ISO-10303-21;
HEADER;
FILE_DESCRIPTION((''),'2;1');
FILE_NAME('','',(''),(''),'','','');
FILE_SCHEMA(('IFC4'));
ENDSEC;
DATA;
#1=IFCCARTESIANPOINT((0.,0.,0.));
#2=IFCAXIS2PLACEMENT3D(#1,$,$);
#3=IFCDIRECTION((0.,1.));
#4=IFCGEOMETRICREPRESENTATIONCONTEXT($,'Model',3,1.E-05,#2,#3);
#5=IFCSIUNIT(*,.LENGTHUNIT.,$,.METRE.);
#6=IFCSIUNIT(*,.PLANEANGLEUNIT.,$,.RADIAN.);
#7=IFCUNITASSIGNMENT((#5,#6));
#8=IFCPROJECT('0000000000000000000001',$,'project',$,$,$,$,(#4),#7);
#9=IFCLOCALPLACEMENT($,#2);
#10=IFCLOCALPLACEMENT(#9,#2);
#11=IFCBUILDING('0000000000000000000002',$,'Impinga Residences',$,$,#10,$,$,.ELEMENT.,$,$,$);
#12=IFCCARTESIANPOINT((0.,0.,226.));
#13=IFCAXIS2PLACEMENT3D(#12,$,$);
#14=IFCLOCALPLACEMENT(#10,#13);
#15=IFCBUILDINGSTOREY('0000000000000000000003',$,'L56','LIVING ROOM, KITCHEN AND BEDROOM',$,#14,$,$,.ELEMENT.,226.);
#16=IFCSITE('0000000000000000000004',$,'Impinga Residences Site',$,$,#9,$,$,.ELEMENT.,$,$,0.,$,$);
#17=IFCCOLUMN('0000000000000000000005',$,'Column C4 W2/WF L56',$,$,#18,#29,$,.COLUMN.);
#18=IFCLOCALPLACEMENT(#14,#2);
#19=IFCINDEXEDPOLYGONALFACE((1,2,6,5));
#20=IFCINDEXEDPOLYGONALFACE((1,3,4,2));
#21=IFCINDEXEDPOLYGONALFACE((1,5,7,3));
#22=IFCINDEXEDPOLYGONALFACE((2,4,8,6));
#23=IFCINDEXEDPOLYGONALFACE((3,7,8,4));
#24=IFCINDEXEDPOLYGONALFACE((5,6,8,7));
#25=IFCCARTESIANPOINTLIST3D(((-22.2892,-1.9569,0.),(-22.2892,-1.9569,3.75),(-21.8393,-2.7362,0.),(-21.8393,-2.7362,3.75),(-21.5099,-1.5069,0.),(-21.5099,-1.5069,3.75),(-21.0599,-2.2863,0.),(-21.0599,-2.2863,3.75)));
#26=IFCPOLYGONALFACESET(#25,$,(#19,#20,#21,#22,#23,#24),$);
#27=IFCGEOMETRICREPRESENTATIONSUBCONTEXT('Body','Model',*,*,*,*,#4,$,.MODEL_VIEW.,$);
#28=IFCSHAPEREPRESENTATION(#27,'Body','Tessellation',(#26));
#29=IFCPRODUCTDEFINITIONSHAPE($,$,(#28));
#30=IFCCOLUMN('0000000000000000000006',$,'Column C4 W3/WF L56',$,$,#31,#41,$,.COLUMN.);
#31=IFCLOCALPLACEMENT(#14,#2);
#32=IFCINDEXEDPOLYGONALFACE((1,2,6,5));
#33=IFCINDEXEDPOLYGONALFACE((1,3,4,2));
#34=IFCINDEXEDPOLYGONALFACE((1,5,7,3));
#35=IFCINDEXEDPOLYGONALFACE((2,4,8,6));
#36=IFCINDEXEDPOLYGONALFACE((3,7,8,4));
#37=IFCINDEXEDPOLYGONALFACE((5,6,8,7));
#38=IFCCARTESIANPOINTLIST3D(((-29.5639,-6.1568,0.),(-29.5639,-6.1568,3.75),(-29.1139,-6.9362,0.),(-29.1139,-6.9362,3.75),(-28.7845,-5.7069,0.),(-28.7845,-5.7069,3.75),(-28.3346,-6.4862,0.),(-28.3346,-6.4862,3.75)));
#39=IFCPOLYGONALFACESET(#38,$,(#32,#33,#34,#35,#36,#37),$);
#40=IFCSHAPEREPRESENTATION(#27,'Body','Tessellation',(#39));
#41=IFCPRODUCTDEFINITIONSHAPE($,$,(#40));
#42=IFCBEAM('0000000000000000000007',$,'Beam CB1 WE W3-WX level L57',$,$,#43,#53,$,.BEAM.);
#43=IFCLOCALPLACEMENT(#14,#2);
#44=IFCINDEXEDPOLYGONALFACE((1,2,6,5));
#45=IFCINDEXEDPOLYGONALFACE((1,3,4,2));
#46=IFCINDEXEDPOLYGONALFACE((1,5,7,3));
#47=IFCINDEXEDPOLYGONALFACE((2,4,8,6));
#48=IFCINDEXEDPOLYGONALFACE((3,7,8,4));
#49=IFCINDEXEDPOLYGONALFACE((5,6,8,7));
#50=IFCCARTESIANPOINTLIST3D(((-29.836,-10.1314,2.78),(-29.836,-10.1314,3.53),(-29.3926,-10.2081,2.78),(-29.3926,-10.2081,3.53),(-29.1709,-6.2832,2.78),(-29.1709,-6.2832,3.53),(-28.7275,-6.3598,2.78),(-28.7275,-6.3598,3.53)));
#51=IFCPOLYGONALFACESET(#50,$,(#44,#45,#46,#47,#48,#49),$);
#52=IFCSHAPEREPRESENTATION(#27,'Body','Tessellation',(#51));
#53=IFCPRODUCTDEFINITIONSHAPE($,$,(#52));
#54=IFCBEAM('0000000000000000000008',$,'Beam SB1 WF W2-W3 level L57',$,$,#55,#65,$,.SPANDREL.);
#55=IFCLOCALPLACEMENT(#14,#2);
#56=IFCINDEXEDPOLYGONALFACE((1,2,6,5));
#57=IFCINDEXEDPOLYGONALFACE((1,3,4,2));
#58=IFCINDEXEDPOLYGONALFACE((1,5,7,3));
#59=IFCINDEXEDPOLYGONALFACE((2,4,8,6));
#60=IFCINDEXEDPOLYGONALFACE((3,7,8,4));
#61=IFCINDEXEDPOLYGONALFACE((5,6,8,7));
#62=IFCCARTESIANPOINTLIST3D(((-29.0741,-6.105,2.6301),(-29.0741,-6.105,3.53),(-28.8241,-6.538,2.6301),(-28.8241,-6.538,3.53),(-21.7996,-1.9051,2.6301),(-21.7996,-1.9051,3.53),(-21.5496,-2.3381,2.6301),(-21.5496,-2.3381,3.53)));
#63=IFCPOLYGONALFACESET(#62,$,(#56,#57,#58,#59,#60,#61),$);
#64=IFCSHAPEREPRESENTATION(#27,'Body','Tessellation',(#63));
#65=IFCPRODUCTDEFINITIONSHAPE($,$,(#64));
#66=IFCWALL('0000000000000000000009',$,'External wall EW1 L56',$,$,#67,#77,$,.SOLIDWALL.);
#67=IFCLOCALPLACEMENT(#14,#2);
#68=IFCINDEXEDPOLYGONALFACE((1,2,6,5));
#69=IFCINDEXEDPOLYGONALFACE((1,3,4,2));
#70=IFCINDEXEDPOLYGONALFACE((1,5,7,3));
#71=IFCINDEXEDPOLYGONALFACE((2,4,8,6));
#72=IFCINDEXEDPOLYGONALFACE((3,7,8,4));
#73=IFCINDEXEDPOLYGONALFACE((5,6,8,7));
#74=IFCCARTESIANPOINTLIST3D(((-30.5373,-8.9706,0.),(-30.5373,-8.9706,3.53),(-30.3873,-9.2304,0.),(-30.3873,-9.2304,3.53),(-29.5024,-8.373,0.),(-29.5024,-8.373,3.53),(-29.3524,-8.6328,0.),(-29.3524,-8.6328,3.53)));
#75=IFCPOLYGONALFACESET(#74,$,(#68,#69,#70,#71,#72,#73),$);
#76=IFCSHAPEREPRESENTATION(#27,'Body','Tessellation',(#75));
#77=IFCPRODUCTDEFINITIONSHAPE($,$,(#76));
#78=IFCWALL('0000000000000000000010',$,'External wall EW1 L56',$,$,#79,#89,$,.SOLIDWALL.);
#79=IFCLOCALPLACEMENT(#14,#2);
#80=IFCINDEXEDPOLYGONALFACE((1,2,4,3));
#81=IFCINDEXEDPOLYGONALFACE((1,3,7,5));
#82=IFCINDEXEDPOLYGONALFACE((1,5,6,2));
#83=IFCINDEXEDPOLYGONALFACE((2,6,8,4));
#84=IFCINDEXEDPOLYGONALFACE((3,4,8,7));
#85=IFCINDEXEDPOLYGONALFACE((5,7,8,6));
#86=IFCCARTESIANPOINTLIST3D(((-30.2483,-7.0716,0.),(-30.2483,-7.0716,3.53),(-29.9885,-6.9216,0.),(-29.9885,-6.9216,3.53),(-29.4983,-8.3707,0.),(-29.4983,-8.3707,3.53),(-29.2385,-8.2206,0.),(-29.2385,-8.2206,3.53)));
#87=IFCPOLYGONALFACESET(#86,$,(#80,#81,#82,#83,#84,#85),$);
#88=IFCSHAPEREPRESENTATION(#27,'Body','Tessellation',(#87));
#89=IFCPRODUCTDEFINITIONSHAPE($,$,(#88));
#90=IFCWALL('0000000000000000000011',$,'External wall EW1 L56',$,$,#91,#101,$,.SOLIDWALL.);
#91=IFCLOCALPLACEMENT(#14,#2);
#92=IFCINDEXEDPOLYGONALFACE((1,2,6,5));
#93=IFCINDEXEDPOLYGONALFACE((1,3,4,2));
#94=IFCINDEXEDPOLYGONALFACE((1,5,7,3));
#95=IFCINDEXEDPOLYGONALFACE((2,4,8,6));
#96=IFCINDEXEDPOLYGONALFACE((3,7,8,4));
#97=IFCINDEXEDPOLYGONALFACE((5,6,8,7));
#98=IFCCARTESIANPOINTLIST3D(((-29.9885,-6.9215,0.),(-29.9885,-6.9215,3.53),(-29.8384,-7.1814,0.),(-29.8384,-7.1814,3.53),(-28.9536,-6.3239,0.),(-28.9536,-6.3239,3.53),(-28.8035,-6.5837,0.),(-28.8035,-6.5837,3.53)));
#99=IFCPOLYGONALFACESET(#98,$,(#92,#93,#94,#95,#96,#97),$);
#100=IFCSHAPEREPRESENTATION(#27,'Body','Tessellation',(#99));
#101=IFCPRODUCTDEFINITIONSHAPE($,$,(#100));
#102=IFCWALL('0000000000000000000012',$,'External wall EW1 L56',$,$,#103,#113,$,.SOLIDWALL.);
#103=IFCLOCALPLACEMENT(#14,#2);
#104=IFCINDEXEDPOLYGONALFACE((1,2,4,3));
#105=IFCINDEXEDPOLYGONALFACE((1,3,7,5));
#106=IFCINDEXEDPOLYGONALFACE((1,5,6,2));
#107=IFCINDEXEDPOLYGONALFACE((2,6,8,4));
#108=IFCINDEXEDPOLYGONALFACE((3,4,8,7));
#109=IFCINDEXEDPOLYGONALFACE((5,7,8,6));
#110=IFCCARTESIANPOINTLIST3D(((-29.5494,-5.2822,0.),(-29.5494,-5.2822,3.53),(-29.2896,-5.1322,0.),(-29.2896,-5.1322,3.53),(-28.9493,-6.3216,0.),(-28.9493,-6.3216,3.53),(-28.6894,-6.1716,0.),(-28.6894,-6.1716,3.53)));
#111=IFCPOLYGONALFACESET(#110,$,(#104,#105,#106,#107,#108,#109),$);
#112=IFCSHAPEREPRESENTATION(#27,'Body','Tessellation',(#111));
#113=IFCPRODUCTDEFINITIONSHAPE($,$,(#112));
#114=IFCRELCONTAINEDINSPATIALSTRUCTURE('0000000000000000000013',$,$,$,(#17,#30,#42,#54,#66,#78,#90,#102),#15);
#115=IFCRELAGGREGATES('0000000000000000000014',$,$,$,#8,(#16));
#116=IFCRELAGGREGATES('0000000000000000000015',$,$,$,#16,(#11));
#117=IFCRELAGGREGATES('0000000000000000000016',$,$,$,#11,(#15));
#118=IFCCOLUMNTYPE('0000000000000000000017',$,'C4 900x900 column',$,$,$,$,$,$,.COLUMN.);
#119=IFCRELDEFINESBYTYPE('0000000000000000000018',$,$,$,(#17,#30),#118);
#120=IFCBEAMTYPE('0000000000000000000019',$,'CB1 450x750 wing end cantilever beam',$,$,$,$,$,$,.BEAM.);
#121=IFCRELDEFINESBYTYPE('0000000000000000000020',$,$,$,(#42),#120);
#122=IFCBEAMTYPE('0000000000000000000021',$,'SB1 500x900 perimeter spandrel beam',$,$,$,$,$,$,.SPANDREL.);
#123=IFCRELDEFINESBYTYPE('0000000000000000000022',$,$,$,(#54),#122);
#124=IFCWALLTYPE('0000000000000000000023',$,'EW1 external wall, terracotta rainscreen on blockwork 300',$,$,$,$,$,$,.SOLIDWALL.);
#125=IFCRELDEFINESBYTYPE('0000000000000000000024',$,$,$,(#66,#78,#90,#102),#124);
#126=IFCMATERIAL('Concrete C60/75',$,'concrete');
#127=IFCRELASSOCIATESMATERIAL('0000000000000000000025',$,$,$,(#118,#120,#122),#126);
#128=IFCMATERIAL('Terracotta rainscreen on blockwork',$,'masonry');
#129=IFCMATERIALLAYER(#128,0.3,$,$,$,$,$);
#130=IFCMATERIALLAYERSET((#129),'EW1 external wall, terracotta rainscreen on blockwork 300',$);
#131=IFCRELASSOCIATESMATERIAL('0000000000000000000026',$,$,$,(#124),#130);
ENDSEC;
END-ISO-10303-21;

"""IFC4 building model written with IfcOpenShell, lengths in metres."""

from ifc_helpers import new_model, si_unit, direction, frame, frame_2d, origin, origin_2d, place, context, subcontext, project, spatial, rectangle, extrude, material, layer, layer_set, material_profile, profile_set, type_object, element, save


model = new_model("IFC4")

# Units and contexts
model_context = context("Model", 3, precision=1e-05, world=origin(), true_north=direction((0.0, 1.0)))
body_context = subcontext(model_context, "Body", "Model", "MODEL_VIEW")
ifc_project = project(units=[si_unit("LENGTHUNIT", "METRE"), si_unit("PLANEANGLEUNIT", "RADIAN")], contexts=[model_context])

# Site, building, storey
site_placement = place(None, origin())
site = spatial("IfcSite", under=ifc_project, at=site_placement, Name="Impinga Residences Site", CompositionType="ELEMENT", RefElevation=0.0)
building_placement = place(site_placement, origin())
building = spatial("IfcBuilding", under=site, at=building_placement, Name="Impinga Residences", CompositionType="ELEMENT")
storey_placement = place(building_placement, frame((0.0, 0.0, 226.0)))
storey = spatial("IfcBuildingStorey", under=building, at=storey_placement, Name="L56", Description="LIVING ROOM, KITCHEN AND BEDROOM", CompositionType="ELEMENT", Elevation=226.0)

# Columns
ifc_material_1 = material(Name="Concrete C60/75", Category="concrete")
ifc_material_profile_1 = material_profile(ifc_material_1, rectangle(XDim=0.8999, YDim=0.8999, at=origin_2d()), Name="RC 900x900")
ifc_profile_set_1 = profile_set([ifc_material_profile_1], Name="Concrete C60/75")
column_type = type_object("IfcColumnType", Name="C4 900x900 column", PredefinedType="COLUMN", material=ifc_profile_set_1)
for number, where, z_axis, x_axis, name in (
    (1, (-21.6746, -2.1216, 0.0), (0.0, 0.0, 1.0), (-0.5, 0.866025, 0.0), "Column C4 W2/WF L56"),
    (2, (-28.9492, -6.3215, 0.0), (0.0, 0.0, 1.0), (-0.5, 0.866025, 0.0), "Column C4 W3/WF L56"),
):
    element("IfcColumn", number, at=place(storey_placement, frame(where, z_axis=z_axis, x_axis=x_axis)), inside=storey, type_object=column_type, Name=name, PredefinedType="COLUMN", context=body_context, shape_type="SweptSolid", body=[
        extrude(rectangle(XDim=0.8999, YDim=0.8999, at=origin_2d()), origin(), (0.0, 0.0, 1.0), 3.75),
    ])

# Beams
ifc_material_profile_2 = material_profile(ifc_material_1, rectangle(XDim=0.45, YDim=0.75, at=origin_2d()), Name="RC 450x750")
ifc_profile_set_2 = profile_set([ifc_material_profile_2], Name="Concrete C60/75")
beam_type_1 = type_object("IfcBeamType", Name="CB1 450x750 wing end cantilever beam", PredefinedType="BEAM", material=ifc_profile_set_2)
beam_1_placement = place(storey_placement, frame((-28.9492, -6.3215, 3.155), z_axis=(-0.170296, -0.985393, 0.0), x_axis=(0.985393, -0.170296, 0.0)))
element("IfcBeam", 3, at=beam_1_placement, inside=storey, type_object=beam_type_1, Name="Beam CB1 WE W3-WX level L57", PredefinedType="BEAM", context=body_context, shape_type="SweptSolid", body=[
    extrude(rectangle(XDim=0.45, YDim=0.75, at=origin_2d()), origin(), (0.0, 0.0, 1.0), 3.9053),
])
ifc_material_profile_3 = material_profile(ifc_material_1, rectangle(XDim=0.5, YDim=0.8999, at=origin_2d()), Name="RC 500x900")
ifc_profile_set_3 = profile_set([ifc_material_profile_3], Name="Concrete C60/75")
beam_type_2 = type_object("IfcBeamType", Name="SB1 500x900 perimeter spandrel beam", PredefinedType="SPANDREL", material=ifc_profile_set_3)
beam_2_placement = place(storey_placement, frame((-21.6746, -2.1216, 3.0801), z_axis=(-0.866029, -0.499993, 0.0), x_axis=(0.499993, -0.866029, 0.0)))
element("IfcBeam", 4, at=beam_2_placement, inside=storey, type_object=beam_type_2, Name="Beam SB1 WF W2-W3 level L57", PredefinedType="SPANDREL", context=body_context, shape_type="SweptSolid", body=[
    extrude(rectangle(XDim=0.5, YDim=0.8999, at=origin_2d()), origin(), (0.0, 0.0, 1.0), 8.3999),
])

# Walls
ifc_material_2 = material(Name="Terracotta rainscreen on blockwork", Category="masonry")
ifc_layer_1 = layer(ifc_material_2, 0.3)
ifc_layer_set_1 = layer_set([ifc_layer_1], Name="EW1 external wall, terracotta rainscreen on blockwork 300")
wall_type_1 = type_object("IfcWallType", Name="EW1 external wall, terracotta rainscreen on blockwork 300", PredefinedType="SOLIDWALL", material=ifc_layer_set_1)
wall_1_placement = place(storey_placement, frame((-30.4624, -9.1006, 0.0), z_axis=(0.0, 0.0, 1.0), x_axis=(0.865971, 0.500094, 0.0)))
element("IfcWall", 5, at=wall_1_placement, inside=storey, type_object=wall_type_1, Name="External wall EW1 L56", PredefinedType="SOLIDWALL", context=body_context, shape_type="SweptSolid", body=[
    extrude(rectangle(XDim=1.1951, YDim=0.3, at=frame_2d((0.5977, 0.0))), origin(), (0.0, 0.0, 1.0), 3.53),
])
wall_2_placement = place(storey_placement, frame((-29.3684, -8.2957, 0.0), z_axis=(0.0, 0.0, 1.0), x_axis=(-0.49999, 0.866031, 0.0)))
element("IfcWall", 6, at=wall_2_placement, inside=storey, type_object=wall_type_1, Name="External wall EW1 L56", PredefinedType="SOLIDWALL", context=body_context, shape_type="SweptSolid", body=[
    extrude(rectangle(XDim=1.5, YDim=0.3, at=frame_2d((0.75, 0.0))), origin(), (0.0, 0.0, 1.0), 3.53),
])
wall_3_placement = place(storey_placement, frame((-29.9136, -7.0515, 0.0), z_axis=(0.0, 0.0, 1.0), x_axis=(0.865971, 0.500094, 0.0)))
element("IfcWall", 7, at=wall_3_placement, inside=storey, type_object=wall_type_1, Name="External wall EW1 L56", PredefinedType="SOLIDWALL", context=body_context, shape_type="SweptSolid", body=[
    extrude(rectangle(XDim=1.1951, YDim=0.3, at=frame_2d((0.5977, 0.0))), origin(), (0.0, 0.0, 1.0), 3.53),
])
wall_4_placement = place(storey_placement, frame((-28.8193, -6.2466, 0.0), z_axis=(0.0, 0.0, 1.0), x_axis=(-0.500034, 0.866006, 0.0)))
element("IfcWall", 8, at=wall_4_placement, inside=storey, type_object=wall_type_1, Name="External wall EW1 L56", PredefinedType="SOLIDWALL", context=body_context, shape_type="SweptSolid", body=[
    extrude(rectangle(XDim=1.2002, YDim=0.3, at=frame_2d((0.6001, 0.0))), origin(), (0.0, 0.0, 1.0), 3.53),
])

save(model, "model.ifc")
